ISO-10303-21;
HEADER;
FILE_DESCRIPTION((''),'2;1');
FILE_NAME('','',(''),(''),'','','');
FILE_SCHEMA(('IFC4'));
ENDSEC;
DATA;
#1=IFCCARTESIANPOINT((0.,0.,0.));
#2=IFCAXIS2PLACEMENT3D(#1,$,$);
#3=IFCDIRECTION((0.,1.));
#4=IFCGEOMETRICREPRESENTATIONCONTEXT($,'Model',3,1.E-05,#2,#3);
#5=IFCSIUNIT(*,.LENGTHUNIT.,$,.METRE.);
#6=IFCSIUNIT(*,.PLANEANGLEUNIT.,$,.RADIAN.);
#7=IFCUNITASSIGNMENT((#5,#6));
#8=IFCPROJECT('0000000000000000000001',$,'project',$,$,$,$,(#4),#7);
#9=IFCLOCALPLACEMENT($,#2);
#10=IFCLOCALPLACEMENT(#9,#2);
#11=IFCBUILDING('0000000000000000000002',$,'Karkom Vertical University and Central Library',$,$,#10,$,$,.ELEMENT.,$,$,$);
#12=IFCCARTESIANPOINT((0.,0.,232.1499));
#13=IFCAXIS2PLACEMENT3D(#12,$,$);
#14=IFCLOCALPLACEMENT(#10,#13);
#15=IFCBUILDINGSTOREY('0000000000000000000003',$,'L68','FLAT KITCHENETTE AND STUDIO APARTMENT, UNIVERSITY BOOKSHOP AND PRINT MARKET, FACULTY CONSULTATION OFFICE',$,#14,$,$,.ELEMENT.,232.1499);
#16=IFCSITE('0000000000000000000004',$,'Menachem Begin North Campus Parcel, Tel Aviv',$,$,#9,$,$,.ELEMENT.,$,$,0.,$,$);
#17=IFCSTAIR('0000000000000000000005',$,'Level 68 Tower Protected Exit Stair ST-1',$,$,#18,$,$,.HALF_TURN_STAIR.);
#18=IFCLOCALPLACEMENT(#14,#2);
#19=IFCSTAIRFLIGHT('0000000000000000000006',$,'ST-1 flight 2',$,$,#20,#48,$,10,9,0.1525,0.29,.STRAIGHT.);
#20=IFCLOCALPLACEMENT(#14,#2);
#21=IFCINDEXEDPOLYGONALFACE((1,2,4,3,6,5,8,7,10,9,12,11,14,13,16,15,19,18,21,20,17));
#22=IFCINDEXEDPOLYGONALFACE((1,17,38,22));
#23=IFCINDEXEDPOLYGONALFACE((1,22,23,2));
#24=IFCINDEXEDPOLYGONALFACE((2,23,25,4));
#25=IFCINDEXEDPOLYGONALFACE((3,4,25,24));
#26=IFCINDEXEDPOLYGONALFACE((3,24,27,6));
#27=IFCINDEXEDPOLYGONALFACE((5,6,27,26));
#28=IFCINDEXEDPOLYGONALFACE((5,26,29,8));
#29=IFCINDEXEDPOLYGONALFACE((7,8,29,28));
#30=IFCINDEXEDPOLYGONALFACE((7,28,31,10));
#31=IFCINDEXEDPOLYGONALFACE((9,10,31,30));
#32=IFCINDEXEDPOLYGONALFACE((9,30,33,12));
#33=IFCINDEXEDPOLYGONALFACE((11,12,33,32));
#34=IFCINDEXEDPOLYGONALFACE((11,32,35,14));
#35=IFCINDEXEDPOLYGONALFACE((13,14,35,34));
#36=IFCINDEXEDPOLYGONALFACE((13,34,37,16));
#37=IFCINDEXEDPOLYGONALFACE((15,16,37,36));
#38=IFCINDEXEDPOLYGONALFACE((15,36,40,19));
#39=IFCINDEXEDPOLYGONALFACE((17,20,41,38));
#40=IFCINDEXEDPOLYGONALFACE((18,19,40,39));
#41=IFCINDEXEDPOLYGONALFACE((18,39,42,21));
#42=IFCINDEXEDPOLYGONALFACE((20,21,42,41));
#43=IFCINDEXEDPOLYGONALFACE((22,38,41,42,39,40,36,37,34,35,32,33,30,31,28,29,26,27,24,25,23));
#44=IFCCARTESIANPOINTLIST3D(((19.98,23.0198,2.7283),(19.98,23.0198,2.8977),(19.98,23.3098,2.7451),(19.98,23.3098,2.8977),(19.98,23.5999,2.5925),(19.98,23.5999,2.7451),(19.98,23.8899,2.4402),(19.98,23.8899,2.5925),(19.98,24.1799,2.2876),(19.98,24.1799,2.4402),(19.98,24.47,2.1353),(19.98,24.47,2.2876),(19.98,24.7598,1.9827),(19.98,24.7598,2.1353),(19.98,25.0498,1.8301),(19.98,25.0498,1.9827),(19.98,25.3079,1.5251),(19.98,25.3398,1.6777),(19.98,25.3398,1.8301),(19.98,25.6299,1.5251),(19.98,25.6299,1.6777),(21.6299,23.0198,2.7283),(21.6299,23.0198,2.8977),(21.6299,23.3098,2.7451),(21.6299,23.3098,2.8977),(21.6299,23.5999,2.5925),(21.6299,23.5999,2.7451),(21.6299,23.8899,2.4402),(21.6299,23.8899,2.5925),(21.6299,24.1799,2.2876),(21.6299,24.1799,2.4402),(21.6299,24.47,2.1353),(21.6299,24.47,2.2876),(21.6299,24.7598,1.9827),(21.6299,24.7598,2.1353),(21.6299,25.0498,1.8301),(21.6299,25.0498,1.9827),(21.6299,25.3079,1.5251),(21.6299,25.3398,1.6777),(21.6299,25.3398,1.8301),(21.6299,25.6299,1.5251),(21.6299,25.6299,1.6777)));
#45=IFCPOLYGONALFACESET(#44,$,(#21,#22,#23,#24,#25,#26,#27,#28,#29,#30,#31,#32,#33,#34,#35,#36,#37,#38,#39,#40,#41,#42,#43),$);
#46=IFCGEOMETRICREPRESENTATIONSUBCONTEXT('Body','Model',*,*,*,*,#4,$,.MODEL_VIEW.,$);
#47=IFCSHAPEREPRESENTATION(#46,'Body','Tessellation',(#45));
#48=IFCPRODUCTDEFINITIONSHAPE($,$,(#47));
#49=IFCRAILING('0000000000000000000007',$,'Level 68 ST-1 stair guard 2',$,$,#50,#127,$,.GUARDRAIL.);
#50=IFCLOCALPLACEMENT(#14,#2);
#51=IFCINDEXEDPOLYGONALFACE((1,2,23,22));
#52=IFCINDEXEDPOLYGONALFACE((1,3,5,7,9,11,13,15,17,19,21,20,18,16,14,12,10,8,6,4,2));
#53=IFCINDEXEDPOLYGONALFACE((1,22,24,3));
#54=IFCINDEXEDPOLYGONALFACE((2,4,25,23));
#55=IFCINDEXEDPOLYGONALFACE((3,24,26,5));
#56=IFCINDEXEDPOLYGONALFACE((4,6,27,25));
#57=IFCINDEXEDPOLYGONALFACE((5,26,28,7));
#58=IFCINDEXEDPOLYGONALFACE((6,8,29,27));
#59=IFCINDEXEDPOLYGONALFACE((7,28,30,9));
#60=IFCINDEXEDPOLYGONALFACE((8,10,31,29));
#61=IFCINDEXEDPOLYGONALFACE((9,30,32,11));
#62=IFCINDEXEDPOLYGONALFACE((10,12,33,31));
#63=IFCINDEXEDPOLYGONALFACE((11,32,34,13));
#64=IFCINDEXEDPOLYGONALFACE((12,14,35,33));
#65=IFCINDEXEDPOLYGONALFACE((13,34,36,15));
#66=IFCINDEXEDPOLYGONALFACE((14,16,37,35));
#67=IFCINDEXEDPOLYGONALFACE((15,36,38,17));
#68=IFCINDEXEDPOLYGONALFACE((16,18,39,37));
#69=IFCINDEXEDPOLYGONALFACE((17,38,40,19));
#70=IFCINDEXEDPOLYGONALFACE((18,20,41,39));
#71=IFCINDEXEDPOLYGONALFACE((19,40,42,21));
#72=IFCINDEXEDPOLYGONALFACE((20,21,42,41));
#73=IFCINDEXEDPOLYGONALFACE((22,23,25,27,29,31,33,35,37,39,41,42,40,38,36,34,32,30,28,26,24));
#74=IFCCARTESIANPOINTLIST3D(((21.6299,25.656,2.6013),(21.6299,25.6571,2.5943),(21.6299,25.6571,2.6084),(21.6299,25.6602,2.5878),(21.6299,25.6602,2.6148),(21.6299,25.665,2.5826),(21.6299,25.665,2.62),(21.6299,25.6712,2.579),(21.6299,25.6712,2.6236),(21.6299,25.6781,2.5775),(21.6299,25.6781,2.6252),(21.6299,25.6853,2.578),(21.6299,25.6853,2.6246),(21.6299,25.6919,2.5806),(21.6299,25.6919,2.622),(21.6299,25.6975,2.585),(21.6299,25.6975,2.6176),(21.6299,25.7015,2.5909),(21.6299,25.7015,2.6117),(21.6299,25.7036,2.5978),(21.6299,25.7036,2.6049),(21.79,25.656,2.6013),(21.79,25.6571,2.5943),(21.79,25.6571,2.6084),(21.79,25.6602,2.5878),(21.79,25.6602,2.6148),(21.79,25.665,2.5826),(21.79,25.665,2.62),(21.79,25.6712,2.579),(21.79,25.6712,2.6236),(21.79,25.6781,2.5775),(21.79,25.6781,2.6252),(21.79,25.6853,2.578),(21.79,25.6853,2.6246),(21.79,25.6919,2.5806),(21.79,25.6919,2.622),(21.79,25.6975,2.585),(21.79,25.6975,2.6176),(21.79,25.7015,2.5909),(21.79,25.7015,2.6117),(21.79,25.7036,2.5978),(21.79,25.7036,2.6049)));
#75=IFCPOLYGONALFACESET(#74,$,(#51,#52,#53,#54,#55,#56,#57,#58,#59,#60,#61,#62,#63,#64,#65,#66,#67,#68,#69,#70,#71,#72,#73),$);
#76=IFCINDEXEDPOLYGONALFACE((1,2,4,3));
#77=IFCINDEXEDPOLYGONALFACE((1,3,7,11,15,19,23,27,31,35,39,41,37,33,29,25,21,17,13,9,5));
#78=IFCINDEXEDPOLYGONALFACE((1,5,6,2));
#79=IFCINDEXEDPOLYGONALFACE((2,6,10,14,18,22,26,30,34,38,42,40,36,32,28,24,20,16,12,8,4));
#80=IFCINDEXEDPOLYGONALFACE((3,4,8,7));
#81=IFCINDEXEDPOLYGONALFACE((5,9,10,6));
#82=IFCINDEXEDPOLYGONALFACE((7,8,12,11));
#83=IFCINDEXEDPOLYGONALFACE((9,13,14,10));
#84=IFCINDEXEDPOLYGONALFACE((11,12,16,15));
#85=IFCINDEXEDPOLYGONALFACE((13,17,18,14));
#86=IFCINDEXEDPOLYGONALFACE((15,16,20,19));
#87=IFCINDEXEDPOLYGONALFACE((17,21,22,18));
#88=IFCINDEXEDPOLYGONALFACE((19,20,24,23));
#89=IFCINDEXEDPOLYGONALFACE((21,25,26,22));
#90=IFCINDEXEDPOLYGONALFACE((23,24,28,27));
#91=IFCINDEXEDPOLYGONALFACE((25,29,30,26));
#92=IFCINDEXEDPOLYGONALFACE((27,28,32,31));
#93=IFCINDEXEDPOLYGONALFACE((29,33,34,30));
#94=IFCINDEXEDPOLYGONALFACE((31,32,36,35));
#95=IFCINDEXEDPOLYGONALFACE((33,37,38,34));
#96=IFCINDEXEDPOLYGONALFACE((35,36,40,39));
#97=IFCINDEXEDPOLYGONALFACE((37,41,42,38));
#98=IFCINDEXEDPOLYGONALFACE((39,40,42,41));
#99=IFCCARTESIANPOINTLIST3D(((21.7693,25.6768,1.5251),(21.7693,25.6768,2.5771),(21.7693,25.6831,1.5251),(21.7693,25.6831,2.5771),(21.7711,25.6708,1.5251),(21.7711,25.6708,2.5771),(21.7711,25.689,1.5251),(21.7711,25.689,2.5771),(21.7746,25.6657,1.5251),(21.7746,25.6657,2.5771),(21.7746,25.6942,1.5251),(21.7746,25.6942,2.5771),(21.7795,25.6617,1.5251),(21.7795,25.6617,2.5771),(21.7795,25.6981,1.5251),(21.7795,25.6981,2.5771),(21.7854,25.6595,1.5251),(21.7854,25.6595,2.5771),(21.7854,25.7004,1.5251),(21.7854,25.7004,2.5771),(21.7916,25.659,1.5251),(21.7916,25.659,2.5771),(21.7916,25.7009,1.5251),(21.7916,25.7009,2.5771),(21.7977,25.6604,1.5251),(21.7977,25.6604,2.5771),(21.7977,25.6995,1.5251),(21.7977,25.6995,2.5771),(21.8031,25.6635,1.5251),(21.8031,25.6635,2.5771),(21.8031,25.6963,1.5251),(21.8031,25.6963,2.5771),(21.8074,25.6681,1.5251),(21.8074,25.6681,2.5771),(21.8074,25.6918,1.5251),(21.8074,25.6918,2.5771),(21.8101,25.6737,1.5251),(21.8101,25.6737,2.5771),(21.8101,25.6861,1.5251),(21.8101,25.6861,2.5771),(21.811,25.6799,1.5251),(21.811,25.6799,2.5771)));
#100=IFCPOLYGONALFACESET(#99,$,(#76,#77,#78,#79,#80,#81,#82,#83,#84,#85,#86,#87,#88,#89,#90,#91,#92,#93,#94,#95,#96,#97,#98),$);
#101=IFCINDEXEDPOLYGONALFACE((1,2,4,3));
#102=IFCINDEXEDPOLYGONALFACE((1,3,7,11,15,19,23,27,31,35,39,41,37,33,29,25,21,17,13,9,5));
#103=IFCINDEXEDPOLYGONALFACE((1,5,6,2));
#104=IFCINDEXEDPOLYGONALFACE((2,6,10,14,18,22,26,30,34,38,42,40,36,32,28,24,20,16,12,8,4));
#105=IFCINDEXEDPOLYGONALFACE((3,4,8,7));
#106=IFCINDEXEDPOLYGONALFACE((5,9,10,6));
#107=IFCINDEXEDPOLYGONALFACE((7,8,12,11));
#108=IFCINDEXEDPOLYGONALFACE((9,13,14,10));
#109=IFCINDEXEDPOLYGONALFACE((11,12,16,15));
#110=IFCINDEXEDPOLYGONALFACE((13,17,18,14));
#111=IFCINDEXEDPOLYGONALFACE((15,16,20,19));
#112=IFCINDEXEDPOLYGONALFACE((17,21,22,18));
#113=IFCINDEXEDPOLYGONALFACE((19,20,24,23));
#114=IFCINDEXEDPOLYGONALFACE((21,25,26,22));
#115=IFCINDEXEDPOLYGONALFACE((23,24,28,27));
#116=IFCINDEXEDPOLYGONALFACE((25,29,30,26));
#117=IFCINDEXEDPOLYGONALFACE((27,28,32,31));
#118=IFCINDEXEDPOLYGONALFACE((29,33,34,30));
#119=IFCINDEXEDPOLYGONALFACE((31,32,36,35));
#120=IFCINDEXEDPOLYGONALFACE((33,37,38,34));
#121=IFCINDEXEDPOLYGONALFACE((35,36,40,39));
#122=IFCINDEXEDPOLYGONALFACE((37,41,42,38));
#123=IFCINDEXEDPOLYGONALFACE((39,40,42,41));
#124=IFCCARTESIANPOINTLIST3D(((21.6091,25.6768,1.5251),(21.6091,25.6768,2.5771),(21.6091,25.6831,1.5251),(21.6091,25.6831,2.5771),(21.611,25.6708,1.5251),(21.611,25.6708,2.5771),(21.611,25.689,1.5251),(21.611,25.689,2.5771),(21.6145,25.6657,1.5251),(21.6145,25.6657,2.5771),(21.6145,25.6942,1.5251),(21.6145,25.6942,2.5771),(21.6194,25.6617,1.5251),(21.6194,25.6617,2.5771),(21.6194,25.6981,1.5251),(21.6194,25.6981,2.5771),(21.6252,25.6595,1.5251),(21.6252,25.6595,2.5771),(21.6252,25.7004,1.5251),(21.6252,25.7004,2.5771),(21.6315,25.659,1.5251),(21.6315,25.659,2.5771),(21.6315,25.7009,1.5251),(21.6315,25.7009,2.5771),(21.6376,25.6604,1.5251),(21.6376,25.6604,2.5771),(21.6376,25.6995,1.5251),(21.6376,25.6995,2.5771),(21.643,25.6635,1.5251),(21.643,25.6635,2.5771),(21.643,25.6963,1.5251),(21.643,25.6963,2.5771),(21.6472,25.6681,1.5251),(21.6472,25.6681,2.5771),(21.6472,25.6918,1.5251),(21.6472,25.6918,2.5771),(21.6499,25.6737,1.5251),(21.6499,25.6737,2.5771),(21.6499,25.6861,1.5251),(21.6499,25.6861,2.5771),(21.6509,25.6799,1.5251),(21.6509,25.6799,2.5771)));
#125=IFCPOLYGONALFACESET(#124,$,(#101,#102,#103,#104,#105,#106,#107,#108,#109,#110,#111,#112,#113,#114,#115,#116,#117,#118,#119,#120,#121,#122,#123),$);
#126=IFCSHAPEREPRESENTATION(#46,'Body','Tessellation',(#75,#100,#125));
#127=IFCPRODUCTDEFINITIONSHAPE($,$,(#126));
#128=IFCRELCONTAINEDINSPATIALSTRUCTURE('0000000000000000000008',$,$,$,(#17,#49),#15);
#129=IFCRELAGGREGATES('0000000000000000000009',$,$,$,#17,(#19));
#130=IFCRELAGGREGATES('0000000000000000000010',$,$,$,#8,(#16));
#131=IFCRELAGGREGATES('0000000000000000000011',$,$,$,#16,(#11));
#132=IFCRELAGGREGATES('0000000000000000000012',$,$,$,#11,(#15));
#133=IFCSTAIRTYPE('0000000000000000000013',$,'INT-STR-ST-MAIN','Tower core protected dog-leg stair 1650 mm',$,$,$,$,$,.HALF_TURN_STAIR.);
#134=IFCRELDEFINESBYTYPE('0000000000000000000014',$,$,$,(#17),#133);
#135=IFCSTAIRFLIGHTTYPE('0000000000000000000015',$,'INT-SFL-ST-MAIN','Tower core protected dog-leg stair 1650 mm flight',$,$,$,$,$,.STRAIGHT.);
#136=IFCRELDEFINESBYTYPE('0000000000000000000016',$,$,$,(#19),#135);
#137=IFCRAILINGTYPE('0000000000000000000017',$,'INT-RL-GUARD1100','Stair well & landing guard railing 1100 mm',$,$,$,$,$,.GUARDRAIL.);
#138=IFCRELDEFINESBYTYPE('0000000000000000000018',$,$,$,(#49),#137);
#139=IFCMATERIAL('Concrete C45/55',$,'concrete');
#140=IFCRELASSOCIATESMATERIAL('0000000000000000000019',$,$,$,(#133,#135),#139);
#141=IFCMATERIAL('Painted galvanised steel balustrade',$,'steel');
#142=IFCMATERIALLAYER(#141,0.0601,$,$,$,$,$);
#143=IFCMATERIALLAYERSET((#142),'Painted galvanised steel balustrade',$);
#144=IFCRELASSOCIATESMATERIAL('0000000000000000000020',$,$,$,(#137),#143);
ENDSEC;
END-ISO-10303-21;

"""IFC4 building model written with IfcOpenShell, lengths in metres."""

from ifc_helpers import new_model, si_unit, direction, frame, origin, origin_2d, place, context, subcontext, project, spatial, polyline, circle, outline, extrude, material, layer, layer_set, type_object, element, aggregate, save


model = new_model("IFC4")

# Units and contexts
model_context = context("Model", 3, precision=1e-05, world=origin(), true_north=direction((0.0, 1.0)))
body_context = subcontext(model_context, "Body", "Model", "MODEL_VIEW")
ifc_project = project(units=[si_unit("LENGTHUNIT", "METRE"), si_unit("PLANEANGLEUNIT", "RADIAN")], contexts=[model_context])

# Site, building, storey
site_placement = place(None, origin())
site = spatial("IfcSite", under=ifc_project, at=site_placement, Name="Menachem Begin North Campus Parcel, Tel Aviv", CompositionType="ELEMENT", RefElevation=0.0)
building_placement = place(site_placement, origin())
building = spatial("IfcBuilding", under=site, at=building_placement, Name="Karkom Vertical University and Central Library", CompositionType="ELEMENT")
storey_placement = place(building_placement, frame((0.0, 0.0, 232.1499)))
storey = spatial("IfcBuildingStorey", under=building, at=storey_placement, Name="L68", Description="FLAT KITCHENETTE AND STUDIO APARTMENT, UNIVERSITY BOOKSHOP AND PRINT MARKET, FACULTY CONSULTATION OFFICE", CompositionType="ELEMENT", Elevation=232.1499)

# Shared definitions
ifc_material_1 = material(Name="Concrete C45/55", Category="concrete")

# Stair, stair flight
stair_type = type_object("IfcStairType", Name="INT-STR-ST-MAIN", Description="Tower core protected dog-leg stair 1650 mm", PredefinedType="HALF_TURN_STAIR", material=ifc_material_1)
stair_placement = place(storey_placement, origin())
stair = element("IfcStair", 1, at=stair_placement, inside=storey, type_object=stair_type, Name="Level 68 Tower Protected Exit Stair ST-1", PredefinedType="HALF_TURN_STAIR")
stair_flight_type = type_object("IfcStairFlightType", Name="INT-SFL-ST-MAIN", Description="Tower core protected dog-leg stair 1650 mm flight", PredefinedType="STRAIGHT", material=ifc_material_1)
stair_flight_placement = place(storey_placement, frame((20.8049, 25.6299, 1.5251), z_axis=(0.0, 0.0, 1.0), x_axis=(0.0, -1.0, 0.0)))
stair_flight = element("IfcStairFlight", 2, at=stair_flight_placement, type_object=stair_flight_type, Name="ST-1 flight 2", NumberOfRisers=10, NumberOfTreads=9, PredefinedType="STRAIGHT", RiserHeight=0.1525, TreadLength=0.29, context=body_context, shape_type="SweptSolid", body=[
    extrude(outline(polyline([(0.0, 0.0), (0.0, 0.1526), (0.29, 0.1526), (0.29, 0.3049), (0.5801, 0.3049), (0.5801, 0.4575), (0.8701, 0.4575), (0.8701, 0.6101), (1.1599, 0.6101), (1.1599, 0.7625), (1.45, 0.7625), (1.45, 0.915), (1.74, 0.915), (1.74, 1.0674), (2.03, 1.0674), (2.03, 1.22), (2.3201, 1.22), (2.3201, 1.3726), (2.6101, 1.3726), (2.6101, 1.5249), (2.6101, 1.2031), (0.322, 0.0), (0.0, 0.0)])), frame((0.0, 0.825, 0.0), z_axis=(0.0, -1.0, 0.0), x_axis=(1.0, 0.0, 0.0)), (0.0, 0.0, 1.0), 1.6499),
])
aggregate(stair, [stair_flight])

# Railing
ifc_material_2 = material(Name="Painted galvanised steel balustrade", Category="steel")
ifc_layer_1 = layer(ifc_material_2, 0.0601)
ifc_layer_set_1 = layer_set([ifc_layer_1], Name="Painted galvanised steel balustrade")
railing_type_1 = type_object("IfcRailingType", Name="INT-RL-GUARD1100", Description="Stair well & landing guard railing 1100 mm", PredefinedType="GUARDRAIL", material=ifc_layer_set_1)
railing_1_placement = place(storey_placement, frame((21.79, 25.6799, 1.5251)))
element("IfcRailing", 3, at=railing_1_placement, inside=storey, type_object=railing_type_1, Name="Level 68 ST-1 stair guard 2", PredefinedType="GUARDRAIL", context=body_context, shape_type="SweptSolid", body=[
    extrude(circle(Radius=0.0239, at=origin_2d()), frame((0.0, 0.0, 1.0762), z_axis=(-1.0, 0.0, 0.0), x_axis=(0.0, -1.0, 0.0)), (0.0, 0.0, 1.0), 0.1602),
    extrude(circle(Radius=0.021, at=origin_2d()), origin(), (0.0, 0.0, 1.0), 1.052),
    extrude(circle(Radius=0.021, at=origin_2d()), frame((-0.1602, 0.0, 0.0)), (0.0, 0.0, 1.0), 1.052),
])

save(model, "model.ifc")
